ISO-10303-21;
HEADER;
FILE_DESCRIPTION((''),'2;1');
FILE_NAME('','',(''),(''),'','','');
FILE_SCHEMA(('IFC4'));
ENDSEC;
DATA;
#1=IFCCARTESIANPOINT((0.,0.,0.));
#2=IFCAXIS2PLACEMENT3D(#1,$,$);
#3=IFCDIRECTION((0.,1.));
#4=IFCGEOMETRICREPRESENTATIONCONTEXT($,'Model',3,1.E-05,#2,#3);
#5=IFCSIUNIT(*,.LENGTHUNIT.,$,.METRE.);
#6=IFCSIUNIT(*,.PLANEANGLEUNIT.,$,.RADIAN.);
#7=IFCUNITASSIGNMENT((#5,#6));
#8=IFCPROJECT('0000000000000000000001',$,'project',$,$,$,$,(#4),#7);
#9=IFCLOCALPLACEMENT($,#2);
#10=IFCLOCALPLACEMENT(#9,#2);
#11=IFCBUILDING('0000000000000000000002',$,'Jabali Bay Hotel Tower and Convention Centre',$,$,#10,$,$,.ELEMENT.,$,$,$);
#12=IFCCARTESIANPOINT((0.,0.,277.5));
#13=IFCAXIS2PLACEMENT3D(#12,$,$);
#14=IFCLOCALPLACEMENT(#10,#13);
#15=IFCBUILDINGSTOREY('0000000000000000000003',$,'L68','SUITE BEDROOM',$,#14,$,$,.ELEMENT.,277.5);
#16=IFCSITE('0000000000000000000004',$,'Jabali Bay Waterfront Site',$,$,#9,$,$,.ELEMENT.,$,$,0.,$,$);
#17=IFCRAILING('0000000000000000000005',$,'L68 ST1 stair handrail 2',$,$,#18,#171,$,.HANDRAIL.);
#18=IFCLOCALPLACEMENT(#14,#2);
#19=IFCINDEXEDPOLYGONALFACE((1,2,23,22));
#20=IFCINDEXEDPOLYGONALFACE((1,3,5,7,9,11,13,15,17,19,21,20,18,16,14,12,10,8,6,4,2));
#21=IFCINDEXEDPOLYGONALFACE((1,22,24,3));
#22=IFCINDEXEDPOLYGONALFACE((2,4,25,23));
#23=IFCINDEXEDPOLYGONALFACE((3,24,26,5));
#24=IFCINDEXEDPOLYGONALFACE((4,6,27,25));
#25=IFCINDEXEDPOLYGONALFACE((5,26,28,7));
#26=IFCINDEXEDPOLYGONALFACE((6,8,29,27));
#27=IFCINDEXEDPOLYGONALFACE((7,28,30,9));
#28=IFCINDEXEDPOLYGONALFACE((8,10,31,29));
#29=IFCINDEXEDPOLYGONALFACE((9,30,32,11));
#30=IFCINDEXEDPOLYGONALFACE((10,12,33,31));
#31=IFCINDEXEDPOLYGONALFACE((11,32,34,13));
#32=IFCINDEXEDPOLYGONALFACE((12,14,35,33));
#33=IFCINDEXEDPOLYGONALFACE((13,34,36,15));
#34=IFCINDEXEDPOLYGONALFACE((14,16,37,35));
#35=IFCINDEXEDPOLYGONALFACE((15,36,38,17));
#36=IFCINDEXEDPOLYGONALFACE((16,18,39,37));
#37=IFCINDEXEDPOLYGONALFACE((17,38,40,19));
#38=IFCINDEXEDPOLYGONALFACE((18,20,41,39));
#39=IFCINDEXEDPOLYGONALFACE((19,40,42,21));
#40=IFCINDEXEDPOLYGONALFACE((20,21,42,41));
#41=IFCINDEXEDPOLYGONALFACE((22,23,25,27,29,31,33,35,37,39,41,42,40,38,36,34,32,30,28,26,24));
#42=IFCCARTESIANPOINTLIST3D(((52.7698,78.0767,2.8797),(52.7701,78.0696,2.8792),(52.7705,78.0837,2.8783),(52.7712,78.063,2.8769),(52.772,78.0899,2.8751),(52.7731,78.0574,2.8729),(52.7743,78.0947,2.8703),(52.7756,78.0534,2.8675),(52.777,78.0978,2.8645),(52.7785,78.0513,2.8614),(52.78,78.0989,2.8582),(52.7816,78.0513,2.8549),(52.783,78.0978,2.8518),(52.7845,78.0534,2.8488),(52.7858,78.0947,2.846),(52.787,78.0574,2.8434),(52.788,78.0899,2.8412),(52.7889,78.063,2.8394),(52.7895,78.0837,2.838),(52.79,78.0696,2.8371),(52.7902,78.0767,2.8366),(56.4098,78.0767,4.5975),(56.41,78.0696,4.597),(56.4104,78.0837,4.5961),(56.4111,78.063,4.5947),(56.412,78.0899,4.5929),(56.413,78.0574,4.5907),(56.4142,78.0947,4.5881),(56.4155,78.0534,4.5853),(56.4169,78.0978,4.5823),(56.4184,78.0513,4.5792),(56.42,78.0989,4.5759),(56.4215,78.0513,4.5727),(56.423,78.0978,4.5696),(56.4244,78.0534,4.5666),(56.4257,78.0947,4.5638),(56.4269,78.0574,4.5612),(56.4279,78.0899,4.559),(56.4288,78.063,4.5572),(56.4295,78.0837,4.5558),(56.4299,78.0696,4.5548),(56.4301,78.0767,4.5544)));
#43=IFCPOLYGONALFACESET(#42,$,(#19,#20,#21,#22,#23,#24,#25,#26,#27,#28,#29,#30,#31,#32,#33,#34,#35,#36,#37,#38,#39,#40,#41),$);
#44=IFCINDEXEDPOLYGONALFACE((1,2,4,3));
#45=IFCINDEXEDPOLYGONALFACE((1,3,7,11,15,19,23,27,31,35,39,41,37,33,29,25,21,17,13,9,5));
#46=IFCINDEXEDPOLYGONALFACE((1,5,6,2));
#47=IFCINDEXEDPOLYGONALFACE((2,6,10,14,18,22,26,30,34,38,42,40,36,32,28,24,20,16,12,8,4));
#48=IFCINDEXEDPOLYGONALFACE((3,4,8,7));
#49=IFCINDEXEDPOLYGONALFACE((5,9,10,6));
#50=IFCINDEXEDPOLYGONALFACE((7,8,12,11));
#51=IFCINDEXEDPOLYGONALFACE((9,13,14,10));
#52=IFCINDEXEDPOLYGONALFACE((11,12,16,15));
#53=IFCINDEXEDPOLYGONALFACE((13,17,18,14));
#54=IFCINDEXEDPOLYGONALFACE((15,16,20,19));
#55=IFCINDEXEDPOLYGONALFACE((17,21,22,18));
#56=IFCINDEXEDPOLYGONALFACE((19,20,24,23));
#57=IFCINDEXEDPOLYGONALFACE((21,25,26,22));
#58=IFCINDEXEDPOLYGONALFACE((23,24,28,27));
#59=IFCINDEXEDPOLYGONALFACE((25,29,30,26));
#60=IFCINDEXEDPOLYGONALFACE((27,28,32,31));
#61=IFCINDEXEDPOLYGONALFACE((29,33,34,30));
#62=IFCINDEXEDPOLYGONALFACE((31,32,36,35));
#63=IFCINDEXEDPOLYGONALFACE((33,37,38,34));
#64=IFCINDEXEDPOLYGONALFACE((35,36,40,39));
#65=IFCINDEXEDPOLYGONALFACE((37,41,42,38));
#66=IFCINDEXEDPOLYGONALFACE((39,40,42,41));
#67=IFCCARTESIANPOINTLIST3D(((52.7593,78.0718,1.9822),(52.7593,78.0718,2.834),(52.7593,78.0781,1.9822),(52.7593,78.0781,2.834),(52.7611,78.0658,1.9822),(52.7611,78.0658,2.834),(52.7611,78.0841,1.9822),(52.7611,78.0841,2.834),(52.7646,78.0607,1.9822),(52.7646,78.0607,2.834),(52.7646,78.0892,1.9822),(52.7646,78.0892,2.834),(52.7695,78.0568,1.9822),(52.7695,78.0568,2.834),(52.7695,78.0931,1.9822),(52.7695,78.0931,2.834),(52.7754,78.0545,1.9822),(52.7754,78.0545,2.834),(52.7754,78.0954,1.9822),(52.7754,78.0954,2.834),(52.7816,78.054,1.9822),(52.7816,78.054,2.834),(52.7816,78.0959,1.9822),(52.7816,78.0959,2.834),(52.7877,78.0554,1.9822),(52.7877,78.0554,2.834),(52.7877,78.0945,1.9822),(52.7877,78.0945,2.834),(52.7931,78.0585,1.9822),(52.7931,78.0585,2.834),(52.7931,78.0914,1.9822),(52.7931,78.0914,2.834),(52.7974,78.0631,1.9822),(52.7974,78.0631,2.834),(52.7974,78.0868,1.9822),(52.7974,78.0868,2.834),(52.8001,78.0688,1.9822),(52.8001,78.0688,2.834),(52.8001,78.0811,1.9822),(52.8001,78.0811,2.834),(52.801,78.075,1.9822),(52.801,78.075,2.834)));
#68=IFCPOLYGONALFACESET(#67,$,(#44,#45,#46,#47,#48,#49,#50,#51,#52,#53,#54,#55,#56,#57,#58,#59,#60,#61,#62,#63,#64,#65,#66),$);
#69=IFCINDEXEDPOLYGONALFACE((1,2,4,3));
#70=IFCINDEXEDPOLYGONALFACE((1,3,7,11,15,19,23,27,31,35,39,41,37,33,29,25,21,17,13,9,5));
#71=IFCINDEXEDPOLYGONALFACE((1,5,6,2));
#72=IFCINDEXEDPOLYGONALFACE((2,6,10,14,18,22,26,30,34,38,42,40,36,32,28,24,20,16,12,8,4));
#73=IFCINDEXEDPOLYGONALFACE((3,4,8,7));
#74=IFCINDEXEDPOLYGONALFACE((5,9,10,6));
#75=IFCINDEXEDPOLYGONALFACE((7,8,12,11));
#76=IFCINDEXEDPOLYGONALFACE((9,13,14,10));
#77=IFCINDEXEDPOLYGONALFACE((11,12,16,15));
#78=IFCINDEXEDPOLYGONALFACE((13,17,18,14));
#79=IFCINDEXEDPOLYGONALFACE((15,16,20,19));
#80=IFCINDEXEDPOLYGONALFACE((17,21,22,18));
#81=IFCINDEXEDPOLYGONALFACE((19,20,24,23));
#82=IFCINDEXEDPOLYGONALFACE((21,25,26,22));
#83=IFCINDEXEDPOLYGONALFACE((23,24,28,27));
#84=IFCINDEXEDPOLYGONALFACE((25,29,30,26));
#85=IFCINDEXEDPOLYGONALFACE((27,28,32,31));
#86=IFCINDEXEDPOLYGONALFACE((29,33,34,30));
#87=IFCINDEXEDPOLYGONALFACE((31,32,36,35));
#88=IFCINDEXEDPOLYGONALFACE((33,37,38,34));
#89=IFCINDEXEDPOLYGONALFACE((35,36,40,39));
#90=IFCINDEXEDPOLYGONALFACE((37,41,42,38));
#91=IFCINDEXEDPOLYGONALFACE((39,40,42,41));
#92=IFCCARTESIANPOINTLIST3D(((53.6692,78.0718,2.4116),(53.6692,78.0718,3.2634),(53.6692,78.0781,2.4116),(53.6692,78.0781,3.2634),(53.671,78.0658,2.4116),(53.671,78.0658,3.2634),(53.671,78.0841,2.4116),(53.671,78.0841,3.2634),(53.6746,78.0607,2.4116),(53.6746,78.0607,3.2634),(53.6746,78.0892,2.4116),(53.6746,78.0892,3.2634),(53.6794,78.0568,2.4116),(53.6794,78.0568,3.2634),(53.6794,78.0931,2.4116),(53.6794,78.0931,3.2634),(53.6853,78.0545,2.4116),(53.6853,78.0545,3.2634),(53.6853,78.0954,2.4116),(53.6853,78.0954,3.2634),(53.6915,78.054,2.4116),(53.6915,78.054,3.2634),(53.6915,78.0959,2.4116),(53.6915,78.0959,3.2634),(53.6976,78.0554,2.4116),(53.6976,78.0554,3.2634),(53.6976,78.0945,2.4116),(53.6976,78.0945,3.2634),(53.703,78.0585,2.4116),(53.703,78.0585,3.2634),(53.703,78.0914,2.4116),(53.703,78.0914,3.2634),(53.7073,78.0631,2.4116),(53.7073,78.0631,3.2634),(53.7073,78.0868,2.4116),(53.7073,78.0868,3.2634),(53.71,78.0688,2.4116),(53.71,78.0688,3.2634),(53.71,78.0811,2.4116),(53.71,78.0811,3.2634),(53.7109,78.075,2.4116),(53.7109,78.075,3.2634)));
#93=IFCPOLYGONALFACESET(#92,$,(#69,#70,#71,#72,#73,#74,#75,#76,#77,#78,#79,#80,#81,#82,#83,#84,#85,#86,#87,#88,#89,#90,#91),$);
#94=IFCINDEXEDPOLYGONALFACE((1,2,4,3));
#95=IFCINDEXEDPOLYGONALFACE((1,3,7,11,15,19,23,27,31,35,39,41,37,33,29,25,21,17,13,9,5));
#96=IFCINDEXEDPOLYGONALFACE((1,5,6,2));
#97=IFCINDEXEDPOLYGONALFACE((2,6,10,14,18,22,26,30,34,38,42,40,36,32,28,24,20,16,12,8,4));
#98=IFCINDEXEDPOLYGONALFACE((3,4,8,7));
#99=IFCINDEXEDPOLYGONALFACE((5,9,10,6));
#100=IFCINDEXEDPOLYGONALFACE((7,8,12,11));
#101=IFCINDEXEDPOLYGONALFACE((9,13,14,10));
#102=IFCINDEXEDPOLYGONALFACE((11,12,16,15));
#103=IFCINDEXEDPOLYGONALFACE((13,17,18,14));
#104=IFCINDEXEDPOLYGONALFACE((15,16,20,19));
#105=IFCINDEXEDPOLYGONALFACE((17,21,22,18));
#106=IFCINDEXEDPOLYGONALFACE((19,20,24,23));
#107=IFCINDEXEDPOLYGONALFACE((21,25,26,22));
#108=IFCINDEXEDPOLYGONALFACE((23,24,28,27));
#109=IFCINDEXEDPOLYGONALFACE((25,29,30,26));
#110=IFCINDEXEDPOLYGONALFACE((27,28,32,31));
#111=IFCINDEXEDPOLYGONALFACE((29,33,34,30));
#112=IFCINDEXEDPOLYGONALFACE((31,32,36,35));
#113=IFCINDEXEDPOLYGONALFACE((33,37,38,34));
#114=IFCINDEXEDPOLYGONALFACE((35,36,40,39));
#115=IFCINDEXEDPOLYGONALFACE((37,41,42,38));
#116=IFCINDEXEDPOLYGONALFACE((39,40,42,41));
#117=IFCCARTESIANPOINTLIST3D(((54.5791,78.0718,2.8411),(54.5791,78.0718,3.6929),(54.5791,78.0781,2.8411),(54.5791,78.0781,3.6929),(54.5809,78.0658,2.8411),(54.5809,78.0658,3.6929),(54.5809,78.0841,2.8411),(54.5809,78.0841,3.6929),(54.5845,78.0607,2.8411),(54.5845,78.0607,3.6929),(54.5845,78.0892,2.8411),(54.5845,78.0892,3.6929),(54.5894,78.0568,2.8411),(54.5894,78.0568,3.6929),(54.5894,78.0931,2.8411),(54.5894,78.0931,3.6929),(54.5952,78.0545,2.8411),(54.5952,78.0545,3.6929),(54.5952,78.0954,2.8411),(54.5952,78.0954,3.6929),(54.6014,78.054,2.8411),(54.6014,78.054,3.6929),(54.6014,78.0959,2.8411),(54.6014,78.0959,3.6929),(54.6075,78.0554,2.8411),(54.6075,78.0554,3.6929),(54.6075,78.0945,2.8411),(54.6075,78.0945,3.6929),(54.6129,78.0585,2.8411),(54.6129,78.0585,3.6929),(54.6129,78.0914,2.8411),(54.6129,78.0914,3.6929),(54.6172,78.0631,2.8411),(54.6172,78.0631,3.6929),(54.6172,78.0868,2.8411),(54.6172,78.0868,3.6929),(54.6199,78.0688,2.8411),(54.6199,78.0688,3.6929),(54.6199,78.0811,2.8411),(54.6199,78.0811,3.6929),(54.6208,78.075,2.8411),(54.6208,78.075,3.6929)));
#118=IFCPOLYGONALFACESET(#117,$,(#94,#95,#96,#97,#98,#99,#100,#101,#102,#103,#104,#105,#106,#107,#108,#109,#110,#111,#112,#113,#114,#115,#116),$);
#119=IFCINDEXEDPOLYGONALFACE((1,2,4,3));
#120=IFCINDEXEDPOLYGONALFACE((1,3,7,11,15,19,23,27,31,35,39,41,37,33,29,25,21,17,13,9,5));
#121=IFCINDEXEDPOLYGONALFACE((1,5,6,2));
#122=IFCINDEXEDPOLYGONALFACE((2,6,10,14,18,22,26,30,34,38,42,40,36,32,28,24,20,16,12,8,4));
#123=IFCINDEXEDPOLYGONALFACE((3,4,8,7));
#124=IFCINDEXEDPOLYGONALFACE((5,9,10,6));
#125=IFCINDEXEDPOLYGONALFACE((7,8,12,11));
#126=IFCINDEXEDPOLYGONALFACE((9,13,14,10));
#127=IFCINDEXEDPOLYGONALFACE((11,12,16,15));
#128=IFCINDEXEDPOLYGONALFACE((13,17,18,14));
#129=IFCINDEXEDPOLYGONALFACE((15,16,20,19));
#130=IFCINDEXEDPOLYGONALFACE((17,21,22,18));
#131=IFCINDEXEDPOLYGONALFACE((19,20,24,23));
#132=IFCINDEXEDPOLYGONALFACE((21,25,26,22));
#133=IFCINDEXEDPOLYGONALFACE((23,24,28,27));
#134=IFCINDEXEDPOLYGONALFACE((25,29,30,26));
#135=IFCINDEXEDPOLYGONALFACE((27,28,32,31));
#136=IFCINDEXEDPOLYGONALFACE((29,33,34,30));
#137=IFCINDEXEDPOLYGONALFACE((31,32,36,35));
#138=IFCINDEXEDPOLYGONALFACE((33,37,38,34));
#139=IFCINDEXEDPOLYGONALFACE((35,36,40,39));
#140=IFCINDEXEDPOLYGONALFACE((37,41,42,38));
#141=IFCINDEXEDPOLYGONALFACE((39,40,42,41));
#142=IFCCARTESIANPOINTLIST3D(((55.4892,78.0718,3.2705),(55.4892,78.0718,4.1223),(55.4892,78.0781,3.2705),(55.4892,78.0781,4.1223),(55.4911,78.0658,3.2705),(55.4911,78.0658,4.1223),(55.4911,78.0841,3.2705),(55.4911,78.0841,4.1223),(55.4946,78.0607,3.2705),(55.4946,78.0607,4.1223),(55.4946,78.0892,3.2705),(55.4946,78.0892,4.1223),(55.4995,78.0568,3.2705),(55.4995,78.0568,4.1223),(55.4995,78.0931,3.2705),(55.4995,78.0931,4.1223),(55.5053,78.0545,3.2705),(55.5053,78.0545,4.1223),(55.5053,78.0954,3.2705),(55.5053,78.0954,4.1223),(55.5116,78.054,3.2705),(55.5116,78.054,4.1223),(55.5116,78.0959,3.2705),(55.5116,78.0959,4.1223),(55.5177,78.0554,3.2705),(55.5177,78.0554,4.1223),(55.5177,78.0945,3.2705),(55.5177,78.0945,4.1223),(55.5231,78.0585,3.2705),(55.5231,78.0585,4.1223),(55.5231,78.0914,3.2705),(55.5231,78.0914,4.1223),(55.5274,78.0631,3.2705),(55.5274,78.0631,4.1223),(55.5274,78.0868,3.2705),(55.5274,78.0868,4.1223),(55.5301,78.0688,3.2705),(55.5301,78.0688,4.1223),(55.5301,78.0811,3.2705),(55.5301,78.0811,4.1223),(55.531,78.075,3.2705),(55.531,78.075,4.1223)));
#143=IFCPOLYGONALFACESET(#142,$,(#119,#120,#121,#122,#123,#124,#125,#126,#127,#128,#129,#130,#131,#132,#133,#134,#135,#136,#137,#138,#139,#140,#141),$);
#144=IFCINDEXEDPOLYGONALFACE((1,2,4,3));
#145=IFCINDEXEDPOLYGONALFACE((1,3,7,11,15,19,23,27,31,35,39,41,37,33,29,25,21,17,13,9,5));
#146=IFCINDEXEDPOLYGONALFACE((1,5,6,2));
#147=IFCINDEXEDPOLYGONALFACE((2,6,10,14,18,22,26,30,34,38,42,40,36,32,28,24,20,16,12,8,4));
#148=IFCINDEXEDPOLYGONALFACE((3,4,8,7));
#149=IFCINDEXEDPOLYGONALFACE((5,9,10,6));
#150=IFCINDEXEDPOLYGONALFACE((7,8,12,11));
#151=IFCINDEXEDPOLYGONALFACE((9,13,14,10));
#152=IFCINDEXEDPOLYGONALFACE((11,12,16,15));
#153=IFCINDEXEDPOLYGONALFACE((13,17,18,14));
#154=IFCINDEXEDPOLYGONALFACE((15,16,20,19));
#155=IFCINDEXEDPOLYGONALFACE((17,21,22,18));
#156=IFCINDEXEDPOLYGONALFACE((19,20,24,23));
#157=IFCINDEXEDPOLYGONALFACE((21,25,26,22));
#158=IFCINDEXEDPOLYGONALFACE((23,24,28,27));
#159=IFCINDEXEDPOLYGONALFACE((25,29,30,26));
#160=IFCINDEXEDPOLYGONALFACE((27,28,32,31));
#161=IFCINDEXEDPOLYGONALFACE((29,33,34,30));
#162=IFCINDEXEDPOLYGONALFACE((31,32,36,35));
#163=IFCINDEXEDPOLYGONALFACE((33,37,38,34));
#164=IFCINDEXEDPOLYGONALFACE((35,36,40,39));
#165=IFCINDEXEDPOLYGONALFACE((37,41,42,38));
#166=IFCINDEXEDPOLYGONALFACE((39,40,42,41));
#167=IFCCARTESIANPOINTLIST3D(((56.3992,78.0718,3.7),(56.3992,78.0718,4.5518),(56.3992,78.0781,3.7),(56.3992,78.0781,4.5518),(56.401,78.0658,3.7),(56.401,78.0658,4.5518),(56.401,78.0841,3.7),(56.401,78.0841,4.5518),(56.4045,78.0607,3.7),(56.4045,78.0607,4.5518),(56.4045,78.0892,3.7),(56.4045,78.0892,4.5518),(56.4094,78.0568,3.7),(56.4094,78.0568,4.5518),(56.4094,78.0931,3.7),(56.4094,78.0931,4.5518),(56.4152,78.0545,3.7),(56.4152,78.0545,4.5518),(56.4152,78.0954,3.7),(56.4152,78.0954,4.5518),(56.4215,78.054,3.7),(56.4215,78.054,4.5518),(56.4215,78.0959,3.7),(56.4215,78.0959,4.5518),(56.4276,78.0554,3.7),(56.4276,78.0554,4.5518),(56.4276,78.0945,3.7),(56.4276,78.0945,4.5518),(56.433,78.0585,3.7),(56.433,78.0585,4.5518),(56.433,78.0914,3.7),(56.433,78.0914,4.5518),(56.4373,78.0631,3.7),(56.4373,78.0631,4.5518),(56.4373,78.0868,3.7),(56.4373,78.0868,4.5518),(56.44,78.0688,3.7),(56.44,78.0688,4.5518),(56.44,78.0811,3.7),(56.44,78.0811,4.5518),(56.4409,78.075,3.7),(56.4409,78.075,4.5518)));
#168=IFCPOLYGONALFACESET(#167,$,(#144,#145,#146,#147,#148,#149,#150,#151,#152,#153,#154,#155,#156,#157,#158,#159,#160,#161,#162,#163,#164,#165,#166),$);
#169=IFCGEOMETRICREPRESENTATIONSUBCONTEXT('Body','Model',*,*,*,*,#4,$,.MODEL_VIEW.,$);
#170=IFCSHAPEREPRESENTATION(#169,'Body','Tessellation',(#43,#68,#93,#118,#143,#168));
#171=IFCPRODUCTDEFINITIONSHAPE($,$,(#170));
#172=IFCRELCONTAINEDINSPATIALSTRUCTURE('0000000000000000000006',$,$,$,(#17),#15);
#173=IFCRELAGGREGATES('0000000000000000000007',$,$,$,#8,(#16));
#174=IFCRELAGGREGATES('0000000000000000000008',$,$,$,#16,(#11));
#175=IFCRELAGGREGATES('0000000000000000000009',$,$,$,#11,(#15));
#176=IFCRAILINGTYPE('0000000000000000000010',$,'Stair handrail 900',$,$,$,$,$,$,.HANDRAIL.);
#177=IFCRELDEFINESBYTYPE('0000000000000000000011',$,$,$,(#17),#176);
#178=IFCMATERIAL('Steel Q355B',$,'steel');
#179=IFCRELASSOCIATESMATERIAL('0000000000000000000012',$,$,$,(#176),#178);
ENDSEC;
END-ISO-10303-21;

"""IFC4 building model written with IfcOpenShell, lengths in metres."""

from ifc_helpers import new_model, si_unit, direction, frame, origin, origin_2d, place, context, subcontext, project, spatial, circle, extrude, material, type_object, element, save


model = new_model("IFC4")

# Units and contexts
model_context = context("Model", 3, precision=1e-05, world=origin(), true_north=direction((0.0, 1.0)))
body_context = subcontext(model_context, "Body", "Model", "MODEL_VIEW")
ifc_project = project(units=[si_unit("LENGTHUNIT", "METRE"), si_unit("PLANEANGLEUNIT", "RADIAN")], contexts=[model_context])

# Site, building, storey
site_placement = place(None, origin())
site = spatial("IfcSite", under=ifc_project, at=site_placement, Name="Jabali Bay Waterfront Site", CompositionType="ELEMENT", RefElevation=0.0)
building_placement = place(site_placement, origin())
building = spatial("IfcBuilding", under=site, at=building_placement, Name="Jabali Bay Hotel Tower and Convention Centre", CompositionType="ELEMENT")
storey_placement = place(building_placement, frame((0.0, 0.0, 277.5)))
storey = spatial("IfcBuildingStorey", under=building, at=storey_placement, Name="L68", Description="SUITE BEDROOM", CompositionType="ELEMENT", Elevation=277.5)

# Railing
ifc_material_1 = material(Name="Steel Q355B", Category="steel")
railing_type = type_object("IfcRailingType", Name="Stair handrail 900", PredefinedType="HANDRAIL", material=ifc_material_1)
railing_placement = place(storey_placement, frame((52.78, 78.075, 1.9822)))
element("IfcRailing", 1, at=railing_placement, inside=storey, type_object=railing_type, Name="L68 ST1 stair handrail 2", PredefinedType="HANDRAIL", context=body_context, shape_type="SweptSolid", body=[
    extrude(circle(Radius=0.0239, at=origin_2d()), frame((0.0, 0.0, 0.876), z_axis=(0.904351, 0.0, 0.42679), x_axis=(0.0, 1.0, 0.0)), (0.0, 0.0, 1.0), 4.0249),
    extrude(circle(Radius=0.021, at=origin_2d()), origin(), (0.0, 0.0, 1.0), 0.8518),
    extrude(circle(Radius=0.021, at=origin_2d()), frame((0.9099, 0.0, 0.4294)), (0.0, 0.0, 1.0), 0.8518),
    extrude(circle(Radius=0.021, at=origin_2d()), frame((1.8198, 0.0, 0.8589)), (0.0, 0.0, 1.0), 0.8518),
    extrude(circle(Radius=0.021, at=origin_2d()), frame((2.73, 0.0, 1.2883)), (0.0, 0.0, 1.0), 0.8518),
    extrude(circle(Radius=0.021, at=origin_2d()), frame((3.6399, 0.0, 1.7178)), (0.0, 0.0, 1.0), 0.8518),
])

save(model, "model.ifc")
